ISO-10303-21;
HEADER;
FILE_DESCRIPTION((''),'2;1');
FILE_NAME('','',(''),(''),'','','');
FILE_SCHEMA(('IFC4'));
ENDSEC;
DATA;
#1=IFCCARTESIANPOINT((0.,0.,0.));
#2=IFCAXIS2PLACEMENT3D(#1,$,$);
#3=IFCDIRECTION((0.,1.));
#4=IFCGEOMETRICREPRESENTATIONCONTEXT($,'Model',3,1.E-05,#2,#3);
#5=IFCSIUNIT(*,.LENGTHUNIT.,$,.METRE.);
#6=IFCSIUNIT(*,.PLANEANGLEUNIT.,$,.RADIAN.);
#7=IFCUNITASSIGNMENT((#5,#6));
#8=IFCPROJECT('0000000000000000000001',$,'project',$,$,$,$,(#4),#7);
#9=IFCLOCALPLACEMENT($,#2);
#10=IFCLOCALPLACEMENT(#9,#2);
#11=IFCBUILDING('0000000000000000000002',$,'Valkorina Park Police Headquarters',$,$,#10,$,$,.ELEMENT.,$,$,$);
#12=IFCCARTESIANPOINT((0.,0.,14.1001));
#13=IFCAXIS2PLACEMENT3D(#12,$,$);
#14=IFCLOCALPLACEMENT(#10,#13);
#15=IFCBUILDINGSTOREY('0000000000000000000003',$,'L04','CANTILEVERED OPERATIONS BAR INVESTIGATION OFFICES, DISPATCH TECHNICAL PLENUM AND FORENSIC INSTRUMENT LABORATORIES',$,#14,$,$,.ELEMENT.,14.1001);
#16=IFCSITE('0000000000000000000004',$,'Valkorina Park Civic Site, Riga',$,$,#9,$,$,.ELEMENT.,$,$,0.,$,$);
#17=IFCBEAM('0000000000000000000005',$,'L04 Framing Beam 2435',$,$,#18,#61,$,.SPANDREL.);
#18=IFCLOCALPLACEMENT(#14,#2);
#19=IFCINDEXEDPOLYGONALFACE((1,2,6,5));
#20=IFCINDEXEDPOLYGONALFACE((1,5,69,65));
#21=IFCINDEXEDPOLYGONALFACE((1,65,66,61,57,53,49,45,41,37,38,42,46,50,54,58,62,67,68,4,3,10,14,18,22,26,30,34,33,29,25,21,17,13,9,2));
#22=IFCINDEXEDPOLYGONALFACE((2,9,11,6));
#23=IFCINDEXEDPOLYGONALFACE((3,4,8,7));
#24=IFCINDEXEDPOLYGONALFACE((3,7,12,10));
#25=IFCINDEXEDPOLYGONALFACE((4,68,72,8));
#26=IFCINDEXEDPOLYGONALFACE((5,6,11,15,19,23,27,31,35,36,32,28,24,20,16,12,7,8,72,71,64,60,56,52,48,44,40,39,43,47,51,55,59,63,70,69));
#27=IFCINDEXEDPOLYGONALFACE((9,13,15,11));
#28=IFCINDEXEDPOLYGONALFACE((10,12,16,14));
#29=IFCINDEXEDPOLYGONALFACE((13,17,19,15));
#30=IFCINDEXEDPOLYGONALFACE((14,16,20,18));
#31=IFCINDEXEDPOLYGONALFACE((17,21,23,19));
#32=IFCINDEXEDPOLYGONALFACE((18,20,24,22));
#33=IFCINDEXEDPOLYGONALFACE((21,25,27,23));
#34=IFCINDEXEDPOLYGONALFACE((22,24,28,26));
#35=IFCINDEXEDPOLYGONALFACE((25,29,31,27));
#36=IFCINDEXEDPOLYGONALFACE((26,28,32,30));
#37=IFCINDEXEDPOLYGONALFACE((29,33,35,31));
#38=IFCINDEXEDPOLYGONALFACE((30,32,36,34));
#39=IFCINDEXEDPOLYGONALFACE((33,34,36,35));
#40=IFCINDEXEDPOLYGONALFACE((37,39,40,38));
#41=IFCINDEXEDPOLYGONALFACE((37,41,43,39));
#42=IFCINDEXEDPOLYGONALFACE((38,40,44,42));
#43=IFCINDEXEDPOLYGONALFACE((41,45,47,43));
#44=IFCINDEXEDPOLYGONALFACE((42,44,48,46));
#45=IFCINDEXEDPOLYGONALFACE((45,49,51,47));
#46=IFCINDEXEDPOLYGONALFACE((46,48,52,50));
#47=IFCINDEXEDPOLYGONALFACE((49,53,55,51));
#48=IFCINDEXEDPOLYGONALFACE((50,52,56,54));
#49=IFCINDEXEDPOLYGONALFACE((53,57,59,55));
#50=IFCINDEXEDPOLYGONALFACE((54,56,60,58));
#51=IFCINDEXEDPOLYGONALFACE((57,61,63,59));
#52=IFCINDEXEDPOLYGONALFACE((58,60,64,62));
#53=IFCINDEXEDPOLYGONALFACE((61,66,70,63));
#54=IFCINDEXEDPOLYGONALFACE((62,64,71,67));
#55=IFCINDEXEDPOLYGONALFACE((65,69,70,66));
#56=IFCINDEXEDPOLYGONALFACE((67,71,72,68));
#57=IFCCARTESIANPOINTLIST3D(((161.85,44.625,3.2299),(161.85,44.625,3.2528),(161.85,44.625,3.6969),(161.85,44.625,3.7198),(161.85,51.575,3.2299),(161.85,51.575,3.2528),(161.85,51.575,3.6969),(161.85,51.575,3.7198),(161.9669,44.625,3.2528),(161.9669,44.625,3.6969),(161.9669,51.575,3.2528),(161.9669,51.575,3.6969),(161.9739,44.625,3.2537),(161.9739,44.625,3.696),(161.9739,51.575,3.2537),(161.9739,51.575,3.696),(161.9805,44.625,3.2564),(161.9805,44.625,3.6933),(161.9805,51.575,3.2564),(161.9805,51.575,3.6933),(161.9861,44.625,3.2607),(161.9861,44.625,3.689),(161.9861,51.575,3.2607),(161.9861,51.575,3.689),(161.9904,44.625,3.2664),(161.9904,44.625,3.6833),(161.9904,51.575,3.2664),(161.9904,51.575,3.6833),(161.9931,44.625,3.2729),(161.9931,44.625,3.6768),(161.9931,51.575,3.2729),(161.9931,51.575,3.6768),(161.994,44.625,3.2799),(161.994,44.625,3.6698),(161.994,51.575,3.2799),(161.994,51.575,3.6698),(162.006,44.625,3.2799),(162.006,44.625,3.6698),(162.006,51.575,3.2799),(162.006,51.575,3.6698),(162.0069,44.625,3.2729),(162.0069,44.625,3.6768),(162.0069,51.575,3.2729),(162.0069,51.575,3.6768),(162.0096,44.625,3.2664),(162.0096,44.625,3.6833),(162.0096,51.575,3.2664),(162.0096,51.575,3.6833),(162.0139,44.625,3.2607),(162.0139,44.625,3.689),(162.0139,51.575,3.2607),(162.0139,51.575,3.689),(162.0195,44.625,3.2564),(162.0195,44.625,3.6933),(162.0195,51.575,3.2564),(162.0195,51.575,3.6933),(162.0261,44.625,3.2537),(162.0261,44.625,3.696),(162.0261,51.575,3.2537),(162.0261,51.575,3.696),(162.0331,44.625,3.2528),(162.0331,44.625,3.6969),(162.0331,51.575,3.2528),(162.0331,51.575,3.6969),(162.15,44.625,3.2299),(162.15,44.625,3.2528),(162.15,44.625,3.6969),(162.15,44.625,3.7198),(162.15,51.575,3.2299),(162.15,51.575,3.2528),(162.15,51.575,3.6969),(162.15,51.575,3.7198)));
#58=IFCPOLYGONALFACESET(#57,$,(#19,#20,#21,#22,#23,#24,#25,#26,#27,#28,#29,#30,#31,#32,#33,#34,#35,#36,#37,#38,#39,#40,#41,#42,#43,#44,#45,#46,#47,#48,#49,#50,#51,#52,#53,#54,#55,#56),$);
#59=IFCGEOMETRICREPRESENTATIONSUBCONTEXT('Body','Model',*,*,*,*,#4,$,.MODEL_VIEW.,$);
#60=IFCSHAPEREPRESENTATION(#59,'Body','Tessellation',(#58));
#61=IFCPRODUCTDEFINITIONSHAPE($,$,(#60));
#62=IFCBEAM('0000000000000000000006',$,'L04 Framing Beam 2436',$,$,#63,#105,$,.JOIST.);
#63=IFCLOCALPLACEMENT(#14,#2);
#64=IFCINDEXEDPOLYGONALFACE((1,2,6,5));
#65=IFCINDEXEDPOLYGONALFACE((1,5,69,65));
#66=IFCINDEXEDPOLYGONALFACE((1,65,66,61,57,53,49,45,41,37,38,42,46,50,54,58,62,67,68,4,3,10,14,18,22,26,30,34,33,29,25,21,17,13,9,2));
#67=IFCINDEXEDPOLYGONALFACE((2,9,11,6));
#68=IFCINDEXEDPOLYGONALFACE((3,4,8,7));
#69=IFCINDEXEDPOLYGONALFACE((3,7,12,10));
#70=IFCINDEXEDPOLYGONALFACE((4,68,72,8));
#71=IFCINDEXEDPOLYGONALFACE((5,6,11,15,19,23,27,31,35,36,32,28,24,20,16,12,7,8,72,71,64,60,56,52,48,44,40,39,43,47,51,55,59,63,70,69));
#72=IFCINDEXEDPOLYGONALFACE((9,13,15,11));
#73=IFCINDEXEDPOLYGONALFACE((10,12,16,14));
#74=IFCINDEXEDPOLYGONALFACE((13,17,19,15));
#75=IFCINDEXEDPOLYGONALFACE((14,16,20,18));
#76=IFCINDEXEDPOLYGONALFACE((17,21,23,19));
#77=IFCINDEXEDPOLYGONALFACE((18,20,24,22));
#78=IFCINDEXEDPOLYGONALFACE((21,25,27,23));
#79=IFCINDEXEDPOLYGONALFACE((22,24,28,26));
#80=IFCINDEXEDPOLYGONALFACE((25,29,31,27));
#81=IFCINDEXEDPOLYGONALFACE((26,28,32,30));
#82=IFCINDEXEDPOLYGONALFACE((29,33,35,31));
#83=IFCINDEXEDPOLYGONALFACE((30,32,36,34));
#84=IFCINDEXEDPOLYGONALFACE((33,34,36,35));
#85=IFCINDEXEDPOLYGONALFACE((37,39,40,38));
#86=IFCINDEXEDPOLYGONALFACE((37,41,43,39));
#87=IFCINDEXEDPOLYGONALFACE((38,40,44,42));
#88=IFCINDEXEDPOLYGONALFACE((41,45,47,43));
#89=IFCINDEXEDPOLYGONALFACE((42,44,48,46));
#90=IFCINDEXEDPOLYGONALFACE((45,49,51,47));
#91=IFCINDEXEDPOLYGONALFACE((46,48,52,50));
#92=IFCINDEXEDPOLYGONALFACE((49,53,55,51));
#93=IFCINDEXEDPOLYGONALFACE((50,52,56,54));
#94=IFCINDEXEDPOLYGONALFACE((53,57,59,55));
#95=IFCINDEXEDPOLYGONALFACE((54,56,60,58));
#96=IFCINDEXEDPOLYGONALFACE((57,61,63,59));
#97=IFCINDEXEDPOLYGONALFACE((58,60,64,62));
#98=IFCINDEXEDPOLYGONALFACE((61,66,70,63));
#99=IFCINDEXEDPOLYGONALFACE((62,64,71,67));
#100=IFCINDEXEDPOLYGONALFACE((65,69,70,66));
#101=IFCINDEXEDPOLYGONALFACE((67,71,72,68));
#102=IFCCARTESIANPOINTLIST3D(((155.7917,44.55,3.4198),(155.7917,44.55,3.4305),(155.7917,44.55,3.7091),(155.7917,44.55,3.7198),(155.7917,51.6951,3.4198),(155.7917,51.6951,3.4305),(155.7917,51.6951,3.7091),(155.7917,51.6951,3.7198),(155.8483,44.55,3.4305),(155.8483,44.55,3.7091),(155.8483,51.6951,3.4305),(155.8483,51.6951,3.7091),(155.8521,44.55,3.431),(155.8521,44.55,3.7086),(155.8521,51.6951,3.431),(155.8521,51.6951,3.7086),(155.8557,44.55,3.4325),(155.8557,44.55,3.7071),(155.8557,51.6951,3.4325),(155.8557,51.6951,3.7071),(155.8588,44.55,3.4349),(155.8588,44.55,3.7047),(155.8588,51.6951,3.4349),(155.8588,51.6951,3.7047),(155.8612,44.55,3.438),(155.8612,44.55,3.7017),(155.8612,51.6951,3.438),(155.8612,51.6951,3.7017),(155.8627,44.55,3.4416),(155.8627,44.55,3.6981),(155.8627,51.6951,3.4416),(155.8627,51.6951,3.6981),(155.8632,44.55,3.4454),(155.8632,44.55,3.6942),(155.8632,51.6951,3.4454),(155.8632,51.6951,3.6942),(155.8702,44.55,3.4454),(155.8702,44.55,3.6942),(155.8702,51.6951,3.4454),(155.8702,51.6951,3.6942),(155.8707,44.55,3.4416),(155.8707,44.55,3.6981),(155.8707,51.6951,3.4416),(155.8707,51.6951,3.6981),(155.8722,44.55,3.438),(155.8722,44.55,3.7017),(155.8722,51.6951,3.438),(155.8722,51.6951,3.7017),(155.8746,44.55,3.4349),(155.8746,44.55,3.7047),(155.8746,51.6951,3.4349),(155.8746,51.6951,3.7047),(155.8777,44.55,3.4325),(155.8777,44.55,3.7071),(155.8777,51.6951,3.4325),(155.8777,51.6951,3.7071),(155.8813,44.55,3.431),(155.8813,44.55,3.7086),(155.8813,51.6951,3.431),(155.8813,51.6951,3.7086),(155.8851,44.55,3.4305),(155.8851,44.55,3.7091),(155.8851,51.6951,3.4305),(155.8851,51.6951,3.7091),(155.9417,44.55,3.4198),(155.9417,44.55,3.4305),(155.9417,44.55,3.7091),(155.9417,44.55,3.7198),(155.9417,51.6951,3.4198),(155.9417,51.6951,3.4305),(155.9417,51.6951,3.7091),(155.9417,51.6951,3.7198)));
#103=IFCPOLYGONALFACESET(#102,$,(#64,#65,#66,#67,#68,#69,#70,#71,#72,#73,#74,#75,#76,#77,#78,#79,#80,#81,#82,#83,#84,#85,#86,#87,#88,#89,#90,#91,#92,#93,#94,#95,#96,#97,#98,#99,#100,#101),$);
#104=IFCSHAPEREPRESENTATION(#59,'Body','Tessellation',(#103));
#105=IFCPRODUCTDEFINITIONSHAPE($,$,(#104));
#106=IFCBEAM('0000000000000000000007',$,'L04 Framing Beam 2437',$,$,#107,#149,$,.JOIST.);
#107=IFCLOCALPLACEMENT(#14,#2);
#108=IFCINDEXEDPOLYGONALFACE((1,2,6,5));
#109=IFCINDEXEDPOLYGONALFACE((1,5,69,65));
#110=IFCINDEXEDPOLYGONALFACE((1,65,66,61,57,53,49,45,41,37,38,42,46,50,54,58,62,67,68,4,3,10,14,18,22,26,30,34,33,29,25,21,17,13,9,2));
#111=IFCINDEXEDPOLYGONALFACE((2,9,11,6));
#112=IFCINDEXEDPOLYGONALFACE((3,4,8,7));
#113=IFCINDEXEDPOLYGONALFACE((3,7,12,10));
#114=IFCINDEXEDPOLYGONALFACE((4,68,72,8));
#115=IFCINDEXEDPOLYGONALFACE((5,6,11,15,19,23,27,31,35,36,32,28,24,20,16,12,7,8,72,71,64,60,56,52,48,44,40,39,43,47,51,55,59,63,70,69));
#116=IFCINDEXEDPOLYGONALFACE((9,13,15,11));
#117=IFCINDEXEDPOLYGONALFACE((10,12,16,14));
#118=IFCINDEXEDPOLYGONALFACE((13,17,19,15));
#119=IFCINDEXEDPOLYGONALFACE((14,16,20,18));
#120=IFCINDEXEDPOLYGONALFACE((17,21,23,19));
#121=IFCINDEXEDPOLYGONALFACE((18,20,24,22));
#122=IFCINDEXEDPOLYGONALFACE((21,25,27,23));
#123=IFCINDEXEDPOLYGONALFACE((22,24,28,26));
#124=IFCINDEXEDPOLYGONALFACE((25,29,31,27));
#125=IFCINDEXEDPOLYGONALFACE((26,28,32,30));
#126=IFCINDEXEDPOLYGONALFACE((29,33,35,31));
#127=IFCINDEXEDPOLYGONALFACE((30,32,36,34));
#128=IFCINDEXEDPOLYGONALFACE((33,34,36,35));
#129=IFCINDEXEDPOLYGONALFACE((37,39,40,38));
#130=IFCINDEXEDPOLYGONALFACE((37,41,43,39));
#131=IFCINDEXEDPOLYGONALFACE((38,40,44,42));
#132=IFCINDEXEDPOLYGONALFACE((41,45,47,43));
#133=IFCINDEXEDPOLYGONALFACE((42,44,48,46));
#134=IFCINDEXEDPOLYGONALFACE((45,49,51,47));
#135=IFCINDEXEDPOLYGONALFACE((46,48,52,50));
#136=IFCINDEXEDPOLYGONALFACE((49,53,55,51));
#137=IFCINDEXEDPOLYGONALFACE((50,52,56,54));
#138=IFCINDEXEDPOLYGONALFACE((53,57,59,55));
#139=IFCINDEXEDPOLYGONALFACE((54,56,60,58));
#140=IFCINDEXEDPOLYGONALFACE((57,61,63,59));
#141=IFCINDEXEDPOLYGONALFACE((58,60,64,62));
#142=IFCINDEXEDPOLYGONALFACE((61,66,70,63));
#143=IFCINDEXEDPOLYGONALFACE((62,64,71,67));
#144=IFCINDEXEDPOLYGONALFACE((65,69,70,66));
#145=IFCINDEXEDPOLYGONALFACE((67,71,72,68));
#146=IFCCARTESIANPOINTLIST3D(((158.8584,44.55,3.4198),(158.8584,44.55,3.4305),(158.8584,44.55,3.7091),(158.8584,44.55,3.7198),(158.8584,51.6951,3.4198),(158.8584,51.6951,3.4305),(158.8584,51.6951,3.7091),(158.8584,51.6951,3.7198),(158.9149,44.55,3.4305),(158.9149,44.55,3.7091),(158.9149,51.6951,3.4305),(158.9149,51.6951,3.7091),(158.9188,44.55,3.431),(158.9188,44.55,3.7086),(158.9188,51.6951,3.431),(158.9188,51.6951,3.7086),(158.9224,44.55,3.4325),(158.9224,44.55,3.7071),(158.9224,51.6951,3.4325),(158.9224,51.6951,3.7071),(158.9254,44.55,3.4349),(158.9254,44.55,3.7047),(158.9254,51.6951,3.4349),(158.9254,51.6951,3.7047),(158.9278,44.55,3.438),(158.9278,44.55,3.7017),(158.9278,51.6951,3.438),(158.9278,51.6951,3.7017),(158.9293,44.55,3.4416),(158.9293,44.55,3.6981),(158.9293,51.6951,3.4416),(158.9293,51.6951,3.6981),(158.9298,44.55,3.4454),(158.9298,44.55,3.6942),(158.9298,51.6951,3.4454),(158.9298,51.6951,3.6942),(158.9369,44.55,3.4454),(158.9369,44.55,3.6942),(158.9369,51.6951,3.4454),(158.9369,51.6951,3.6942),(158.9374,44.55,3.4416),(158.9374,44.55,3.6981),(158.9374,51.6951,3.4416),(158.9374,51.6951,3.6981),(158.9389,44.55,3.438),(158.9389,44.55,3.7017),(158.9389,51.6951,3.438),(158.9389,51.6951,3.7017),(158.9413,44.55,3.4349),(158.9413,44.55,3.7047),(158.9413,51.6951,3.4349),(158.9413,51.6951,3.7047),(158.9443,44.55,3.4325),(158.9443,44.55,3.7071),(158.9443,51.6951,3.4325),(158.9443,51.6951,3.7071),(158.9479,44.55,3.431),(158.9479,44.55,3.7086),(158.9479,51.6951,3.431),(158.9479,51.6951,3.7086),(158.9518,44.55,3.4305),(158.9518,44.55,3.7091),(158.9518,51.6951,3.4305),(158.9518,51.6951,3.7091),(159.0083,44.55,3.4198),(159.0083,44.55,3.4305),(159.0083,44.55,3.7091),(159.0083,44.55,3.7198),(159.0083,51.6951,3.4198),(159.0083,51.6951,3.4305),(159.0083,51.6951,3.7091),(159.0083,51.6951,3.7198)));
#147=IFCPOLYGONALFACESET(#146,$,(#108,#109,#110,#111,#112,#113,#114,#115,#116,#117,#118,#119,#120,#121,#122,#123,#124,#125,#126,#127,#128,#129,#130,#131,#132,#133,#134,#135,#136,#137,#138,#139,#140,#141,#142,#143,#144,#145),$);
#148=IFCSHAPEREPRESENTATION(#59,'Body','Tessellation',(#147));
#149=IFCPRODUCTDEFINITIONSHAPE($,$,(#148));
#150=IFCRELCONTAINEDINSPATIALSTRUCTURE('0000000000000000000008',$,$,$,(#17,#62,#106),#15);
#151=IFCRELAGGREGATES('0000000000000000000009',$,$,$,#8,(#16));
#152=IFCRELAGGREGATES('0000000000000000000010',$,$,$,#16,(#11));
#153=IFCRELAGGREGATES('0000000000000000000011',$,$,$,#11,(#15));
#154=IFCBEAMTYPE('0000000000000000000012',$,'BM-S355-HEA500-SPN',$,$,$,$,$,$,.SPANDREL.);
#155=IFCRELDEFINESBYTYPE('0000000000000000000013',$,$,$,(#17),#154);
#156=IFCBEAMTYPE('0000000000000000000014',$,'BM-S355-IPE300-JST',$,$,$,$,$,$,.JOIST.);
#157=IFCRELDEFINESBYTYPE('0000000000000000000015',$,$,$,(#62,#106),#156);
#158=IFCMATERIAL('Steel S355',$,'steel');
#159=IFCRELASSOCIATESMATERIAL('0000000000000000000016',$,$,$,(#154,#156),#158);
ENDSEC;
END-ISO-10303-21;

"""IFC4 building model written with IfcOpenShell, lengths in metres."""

from ifc_helpers import new_model, si_unit, direction, frame, origin, origin_2d, place, context, subcontext, project, spatial, i_section, extrude, material, material_profile, profile_set, type_object, element, save


model = new_model("IFC4")

# Units and contexts
model_context = context("Model", 3, precision=1e-05, world=origin(), true_north=direction((0.0, 1.0)))
body_context = subcontext(model_context, "Body", "Model", "MODEL_VIEW")
ifc_project = project(units=[si_unit("LENGTHUNIT", "METRE"), si_unit("PLANEANGLEUNIT", "RADIAN")], contexts=[model_context])

# Site, building, storey
site_placement = place(None, origin())
site = spatial("IfcSite", under=ifc_project, at=site_placement, Name="Valkorina Park Civic Site, Riga", CompositionType="ELEMENT", RefElevation=0.0)
building_placement = place(site_placement, origin())
building = spatial("IfcBuilding", under=site, at=building_placement, Name="Valkorina Park Police Headquarters", CompositionType="ELEMENT")
storey_placement = place(building_placement, frame((0.0, 0.0, 14.1001)))
storey = spatial("IfcBuildingStorey", under=building, at=storey_placement, Name="L04", Description="CANTILEVERED OPERATIONS BAR INVESTIGATION OFFICES, DISPATCH TECHNICAL PLENUM AND FORENSIC INSTRUMENT LABORATORIES", CompositionType="ELEMENT", Elevation=14.1001)

# Shared definitions
ifc_material_1 = material(Name="Steel S355", Category="steel")

# Beams
ifc_material_profile_1 = material_profile(ifc_material_1, i_section(OverallWidth=0.3, OverallDepth=0.49, WebThickness=0.012, FlangeThickness=0.0229, FilletRadius=0.0271, at=origin_2d()), Name="HEA 500")
ifc_profile_set_1 = profile_set([ifc_material_profile_1], Name="Steel S355")
beam_type_1 = type_object("IfcBeamType", Name="BM-S355-HEA500-SPN", PredefinedType="SPANDREL", material=ifc_profile_set_1)
beam_1_placement = place(storey_placement, frame((162.0, 44.625, 3.4749), z_axis=(0.0, 1.0, 0.0), x_axis=(-1.0, 0.0, 0.0)))
element("IfcBeam", 1, at=beam_1_placement, inside=storey, type_object=beam_type_1, Name="L04 Framing Beam 2435", PredefinedType="SPANDREL", context=body_context, shape_type="SweptSolid", body=[
    extrude(i_section(OverallWidth=0.3, OverallDepth=0.49, WebThickness=0.012, FlangeThickness=0.0229, FilletRadius=0.0271, at=origin_2d()), origin(), (0.0, 0.0, 1.0), 6.95),
])
ifc_material_profile_2 = material_profile(ifc_material_1, i_section(OverallWidth=0.1499, OverallDepth=0.3, WebThickness=0.0071, FlangeThickness=0.0107, FilletRadius=0.0149, at=origin_2d()), Name="IPE 300")
ifc_profile_set_2 = profile_set([ifc_material_profile_2], Name="Steel S355")
beam_type_2 = type_object("IfcBeamType", Name="BM-S355-IPE300-JST", PredefinedType="JOIST", material=ifc_profile_set_2)
for number, where, z_axis, x_axis, name in (
    (2, (155.8667, 44.55, 3.5698), (0.0, 1.0, 0.0), (-1.0, 0.0, 0.0), "L04 Framing Beam 2436"),
    (3, (158.9333, 44.55, 3.5698), (0.0, 1.0, 0.0), (-1.0, 0.0, 0.0), "L04 Framing Beam 2437"),
):
    element("IfcBeam", number, at=place(storey_placement, frame(where, z_axis=z_axis, x_axis=x_axis)), inside=storey, type_object=beam_type_2, Name=name, PredefinedType="JOIST", context=body_context, shape_type="SweptSolid", body=[
        extrude(i_section(OverallWidth=0.1499, OverallDepth=0.3, WebThickness=0.0071, FlangeThickness=0.0107, FilletRadius=0.0149, at=origin_2d()), origin(), (0.0, 0.0, 1.0), 7.145),
    ])

save(model, "model.ifc")
